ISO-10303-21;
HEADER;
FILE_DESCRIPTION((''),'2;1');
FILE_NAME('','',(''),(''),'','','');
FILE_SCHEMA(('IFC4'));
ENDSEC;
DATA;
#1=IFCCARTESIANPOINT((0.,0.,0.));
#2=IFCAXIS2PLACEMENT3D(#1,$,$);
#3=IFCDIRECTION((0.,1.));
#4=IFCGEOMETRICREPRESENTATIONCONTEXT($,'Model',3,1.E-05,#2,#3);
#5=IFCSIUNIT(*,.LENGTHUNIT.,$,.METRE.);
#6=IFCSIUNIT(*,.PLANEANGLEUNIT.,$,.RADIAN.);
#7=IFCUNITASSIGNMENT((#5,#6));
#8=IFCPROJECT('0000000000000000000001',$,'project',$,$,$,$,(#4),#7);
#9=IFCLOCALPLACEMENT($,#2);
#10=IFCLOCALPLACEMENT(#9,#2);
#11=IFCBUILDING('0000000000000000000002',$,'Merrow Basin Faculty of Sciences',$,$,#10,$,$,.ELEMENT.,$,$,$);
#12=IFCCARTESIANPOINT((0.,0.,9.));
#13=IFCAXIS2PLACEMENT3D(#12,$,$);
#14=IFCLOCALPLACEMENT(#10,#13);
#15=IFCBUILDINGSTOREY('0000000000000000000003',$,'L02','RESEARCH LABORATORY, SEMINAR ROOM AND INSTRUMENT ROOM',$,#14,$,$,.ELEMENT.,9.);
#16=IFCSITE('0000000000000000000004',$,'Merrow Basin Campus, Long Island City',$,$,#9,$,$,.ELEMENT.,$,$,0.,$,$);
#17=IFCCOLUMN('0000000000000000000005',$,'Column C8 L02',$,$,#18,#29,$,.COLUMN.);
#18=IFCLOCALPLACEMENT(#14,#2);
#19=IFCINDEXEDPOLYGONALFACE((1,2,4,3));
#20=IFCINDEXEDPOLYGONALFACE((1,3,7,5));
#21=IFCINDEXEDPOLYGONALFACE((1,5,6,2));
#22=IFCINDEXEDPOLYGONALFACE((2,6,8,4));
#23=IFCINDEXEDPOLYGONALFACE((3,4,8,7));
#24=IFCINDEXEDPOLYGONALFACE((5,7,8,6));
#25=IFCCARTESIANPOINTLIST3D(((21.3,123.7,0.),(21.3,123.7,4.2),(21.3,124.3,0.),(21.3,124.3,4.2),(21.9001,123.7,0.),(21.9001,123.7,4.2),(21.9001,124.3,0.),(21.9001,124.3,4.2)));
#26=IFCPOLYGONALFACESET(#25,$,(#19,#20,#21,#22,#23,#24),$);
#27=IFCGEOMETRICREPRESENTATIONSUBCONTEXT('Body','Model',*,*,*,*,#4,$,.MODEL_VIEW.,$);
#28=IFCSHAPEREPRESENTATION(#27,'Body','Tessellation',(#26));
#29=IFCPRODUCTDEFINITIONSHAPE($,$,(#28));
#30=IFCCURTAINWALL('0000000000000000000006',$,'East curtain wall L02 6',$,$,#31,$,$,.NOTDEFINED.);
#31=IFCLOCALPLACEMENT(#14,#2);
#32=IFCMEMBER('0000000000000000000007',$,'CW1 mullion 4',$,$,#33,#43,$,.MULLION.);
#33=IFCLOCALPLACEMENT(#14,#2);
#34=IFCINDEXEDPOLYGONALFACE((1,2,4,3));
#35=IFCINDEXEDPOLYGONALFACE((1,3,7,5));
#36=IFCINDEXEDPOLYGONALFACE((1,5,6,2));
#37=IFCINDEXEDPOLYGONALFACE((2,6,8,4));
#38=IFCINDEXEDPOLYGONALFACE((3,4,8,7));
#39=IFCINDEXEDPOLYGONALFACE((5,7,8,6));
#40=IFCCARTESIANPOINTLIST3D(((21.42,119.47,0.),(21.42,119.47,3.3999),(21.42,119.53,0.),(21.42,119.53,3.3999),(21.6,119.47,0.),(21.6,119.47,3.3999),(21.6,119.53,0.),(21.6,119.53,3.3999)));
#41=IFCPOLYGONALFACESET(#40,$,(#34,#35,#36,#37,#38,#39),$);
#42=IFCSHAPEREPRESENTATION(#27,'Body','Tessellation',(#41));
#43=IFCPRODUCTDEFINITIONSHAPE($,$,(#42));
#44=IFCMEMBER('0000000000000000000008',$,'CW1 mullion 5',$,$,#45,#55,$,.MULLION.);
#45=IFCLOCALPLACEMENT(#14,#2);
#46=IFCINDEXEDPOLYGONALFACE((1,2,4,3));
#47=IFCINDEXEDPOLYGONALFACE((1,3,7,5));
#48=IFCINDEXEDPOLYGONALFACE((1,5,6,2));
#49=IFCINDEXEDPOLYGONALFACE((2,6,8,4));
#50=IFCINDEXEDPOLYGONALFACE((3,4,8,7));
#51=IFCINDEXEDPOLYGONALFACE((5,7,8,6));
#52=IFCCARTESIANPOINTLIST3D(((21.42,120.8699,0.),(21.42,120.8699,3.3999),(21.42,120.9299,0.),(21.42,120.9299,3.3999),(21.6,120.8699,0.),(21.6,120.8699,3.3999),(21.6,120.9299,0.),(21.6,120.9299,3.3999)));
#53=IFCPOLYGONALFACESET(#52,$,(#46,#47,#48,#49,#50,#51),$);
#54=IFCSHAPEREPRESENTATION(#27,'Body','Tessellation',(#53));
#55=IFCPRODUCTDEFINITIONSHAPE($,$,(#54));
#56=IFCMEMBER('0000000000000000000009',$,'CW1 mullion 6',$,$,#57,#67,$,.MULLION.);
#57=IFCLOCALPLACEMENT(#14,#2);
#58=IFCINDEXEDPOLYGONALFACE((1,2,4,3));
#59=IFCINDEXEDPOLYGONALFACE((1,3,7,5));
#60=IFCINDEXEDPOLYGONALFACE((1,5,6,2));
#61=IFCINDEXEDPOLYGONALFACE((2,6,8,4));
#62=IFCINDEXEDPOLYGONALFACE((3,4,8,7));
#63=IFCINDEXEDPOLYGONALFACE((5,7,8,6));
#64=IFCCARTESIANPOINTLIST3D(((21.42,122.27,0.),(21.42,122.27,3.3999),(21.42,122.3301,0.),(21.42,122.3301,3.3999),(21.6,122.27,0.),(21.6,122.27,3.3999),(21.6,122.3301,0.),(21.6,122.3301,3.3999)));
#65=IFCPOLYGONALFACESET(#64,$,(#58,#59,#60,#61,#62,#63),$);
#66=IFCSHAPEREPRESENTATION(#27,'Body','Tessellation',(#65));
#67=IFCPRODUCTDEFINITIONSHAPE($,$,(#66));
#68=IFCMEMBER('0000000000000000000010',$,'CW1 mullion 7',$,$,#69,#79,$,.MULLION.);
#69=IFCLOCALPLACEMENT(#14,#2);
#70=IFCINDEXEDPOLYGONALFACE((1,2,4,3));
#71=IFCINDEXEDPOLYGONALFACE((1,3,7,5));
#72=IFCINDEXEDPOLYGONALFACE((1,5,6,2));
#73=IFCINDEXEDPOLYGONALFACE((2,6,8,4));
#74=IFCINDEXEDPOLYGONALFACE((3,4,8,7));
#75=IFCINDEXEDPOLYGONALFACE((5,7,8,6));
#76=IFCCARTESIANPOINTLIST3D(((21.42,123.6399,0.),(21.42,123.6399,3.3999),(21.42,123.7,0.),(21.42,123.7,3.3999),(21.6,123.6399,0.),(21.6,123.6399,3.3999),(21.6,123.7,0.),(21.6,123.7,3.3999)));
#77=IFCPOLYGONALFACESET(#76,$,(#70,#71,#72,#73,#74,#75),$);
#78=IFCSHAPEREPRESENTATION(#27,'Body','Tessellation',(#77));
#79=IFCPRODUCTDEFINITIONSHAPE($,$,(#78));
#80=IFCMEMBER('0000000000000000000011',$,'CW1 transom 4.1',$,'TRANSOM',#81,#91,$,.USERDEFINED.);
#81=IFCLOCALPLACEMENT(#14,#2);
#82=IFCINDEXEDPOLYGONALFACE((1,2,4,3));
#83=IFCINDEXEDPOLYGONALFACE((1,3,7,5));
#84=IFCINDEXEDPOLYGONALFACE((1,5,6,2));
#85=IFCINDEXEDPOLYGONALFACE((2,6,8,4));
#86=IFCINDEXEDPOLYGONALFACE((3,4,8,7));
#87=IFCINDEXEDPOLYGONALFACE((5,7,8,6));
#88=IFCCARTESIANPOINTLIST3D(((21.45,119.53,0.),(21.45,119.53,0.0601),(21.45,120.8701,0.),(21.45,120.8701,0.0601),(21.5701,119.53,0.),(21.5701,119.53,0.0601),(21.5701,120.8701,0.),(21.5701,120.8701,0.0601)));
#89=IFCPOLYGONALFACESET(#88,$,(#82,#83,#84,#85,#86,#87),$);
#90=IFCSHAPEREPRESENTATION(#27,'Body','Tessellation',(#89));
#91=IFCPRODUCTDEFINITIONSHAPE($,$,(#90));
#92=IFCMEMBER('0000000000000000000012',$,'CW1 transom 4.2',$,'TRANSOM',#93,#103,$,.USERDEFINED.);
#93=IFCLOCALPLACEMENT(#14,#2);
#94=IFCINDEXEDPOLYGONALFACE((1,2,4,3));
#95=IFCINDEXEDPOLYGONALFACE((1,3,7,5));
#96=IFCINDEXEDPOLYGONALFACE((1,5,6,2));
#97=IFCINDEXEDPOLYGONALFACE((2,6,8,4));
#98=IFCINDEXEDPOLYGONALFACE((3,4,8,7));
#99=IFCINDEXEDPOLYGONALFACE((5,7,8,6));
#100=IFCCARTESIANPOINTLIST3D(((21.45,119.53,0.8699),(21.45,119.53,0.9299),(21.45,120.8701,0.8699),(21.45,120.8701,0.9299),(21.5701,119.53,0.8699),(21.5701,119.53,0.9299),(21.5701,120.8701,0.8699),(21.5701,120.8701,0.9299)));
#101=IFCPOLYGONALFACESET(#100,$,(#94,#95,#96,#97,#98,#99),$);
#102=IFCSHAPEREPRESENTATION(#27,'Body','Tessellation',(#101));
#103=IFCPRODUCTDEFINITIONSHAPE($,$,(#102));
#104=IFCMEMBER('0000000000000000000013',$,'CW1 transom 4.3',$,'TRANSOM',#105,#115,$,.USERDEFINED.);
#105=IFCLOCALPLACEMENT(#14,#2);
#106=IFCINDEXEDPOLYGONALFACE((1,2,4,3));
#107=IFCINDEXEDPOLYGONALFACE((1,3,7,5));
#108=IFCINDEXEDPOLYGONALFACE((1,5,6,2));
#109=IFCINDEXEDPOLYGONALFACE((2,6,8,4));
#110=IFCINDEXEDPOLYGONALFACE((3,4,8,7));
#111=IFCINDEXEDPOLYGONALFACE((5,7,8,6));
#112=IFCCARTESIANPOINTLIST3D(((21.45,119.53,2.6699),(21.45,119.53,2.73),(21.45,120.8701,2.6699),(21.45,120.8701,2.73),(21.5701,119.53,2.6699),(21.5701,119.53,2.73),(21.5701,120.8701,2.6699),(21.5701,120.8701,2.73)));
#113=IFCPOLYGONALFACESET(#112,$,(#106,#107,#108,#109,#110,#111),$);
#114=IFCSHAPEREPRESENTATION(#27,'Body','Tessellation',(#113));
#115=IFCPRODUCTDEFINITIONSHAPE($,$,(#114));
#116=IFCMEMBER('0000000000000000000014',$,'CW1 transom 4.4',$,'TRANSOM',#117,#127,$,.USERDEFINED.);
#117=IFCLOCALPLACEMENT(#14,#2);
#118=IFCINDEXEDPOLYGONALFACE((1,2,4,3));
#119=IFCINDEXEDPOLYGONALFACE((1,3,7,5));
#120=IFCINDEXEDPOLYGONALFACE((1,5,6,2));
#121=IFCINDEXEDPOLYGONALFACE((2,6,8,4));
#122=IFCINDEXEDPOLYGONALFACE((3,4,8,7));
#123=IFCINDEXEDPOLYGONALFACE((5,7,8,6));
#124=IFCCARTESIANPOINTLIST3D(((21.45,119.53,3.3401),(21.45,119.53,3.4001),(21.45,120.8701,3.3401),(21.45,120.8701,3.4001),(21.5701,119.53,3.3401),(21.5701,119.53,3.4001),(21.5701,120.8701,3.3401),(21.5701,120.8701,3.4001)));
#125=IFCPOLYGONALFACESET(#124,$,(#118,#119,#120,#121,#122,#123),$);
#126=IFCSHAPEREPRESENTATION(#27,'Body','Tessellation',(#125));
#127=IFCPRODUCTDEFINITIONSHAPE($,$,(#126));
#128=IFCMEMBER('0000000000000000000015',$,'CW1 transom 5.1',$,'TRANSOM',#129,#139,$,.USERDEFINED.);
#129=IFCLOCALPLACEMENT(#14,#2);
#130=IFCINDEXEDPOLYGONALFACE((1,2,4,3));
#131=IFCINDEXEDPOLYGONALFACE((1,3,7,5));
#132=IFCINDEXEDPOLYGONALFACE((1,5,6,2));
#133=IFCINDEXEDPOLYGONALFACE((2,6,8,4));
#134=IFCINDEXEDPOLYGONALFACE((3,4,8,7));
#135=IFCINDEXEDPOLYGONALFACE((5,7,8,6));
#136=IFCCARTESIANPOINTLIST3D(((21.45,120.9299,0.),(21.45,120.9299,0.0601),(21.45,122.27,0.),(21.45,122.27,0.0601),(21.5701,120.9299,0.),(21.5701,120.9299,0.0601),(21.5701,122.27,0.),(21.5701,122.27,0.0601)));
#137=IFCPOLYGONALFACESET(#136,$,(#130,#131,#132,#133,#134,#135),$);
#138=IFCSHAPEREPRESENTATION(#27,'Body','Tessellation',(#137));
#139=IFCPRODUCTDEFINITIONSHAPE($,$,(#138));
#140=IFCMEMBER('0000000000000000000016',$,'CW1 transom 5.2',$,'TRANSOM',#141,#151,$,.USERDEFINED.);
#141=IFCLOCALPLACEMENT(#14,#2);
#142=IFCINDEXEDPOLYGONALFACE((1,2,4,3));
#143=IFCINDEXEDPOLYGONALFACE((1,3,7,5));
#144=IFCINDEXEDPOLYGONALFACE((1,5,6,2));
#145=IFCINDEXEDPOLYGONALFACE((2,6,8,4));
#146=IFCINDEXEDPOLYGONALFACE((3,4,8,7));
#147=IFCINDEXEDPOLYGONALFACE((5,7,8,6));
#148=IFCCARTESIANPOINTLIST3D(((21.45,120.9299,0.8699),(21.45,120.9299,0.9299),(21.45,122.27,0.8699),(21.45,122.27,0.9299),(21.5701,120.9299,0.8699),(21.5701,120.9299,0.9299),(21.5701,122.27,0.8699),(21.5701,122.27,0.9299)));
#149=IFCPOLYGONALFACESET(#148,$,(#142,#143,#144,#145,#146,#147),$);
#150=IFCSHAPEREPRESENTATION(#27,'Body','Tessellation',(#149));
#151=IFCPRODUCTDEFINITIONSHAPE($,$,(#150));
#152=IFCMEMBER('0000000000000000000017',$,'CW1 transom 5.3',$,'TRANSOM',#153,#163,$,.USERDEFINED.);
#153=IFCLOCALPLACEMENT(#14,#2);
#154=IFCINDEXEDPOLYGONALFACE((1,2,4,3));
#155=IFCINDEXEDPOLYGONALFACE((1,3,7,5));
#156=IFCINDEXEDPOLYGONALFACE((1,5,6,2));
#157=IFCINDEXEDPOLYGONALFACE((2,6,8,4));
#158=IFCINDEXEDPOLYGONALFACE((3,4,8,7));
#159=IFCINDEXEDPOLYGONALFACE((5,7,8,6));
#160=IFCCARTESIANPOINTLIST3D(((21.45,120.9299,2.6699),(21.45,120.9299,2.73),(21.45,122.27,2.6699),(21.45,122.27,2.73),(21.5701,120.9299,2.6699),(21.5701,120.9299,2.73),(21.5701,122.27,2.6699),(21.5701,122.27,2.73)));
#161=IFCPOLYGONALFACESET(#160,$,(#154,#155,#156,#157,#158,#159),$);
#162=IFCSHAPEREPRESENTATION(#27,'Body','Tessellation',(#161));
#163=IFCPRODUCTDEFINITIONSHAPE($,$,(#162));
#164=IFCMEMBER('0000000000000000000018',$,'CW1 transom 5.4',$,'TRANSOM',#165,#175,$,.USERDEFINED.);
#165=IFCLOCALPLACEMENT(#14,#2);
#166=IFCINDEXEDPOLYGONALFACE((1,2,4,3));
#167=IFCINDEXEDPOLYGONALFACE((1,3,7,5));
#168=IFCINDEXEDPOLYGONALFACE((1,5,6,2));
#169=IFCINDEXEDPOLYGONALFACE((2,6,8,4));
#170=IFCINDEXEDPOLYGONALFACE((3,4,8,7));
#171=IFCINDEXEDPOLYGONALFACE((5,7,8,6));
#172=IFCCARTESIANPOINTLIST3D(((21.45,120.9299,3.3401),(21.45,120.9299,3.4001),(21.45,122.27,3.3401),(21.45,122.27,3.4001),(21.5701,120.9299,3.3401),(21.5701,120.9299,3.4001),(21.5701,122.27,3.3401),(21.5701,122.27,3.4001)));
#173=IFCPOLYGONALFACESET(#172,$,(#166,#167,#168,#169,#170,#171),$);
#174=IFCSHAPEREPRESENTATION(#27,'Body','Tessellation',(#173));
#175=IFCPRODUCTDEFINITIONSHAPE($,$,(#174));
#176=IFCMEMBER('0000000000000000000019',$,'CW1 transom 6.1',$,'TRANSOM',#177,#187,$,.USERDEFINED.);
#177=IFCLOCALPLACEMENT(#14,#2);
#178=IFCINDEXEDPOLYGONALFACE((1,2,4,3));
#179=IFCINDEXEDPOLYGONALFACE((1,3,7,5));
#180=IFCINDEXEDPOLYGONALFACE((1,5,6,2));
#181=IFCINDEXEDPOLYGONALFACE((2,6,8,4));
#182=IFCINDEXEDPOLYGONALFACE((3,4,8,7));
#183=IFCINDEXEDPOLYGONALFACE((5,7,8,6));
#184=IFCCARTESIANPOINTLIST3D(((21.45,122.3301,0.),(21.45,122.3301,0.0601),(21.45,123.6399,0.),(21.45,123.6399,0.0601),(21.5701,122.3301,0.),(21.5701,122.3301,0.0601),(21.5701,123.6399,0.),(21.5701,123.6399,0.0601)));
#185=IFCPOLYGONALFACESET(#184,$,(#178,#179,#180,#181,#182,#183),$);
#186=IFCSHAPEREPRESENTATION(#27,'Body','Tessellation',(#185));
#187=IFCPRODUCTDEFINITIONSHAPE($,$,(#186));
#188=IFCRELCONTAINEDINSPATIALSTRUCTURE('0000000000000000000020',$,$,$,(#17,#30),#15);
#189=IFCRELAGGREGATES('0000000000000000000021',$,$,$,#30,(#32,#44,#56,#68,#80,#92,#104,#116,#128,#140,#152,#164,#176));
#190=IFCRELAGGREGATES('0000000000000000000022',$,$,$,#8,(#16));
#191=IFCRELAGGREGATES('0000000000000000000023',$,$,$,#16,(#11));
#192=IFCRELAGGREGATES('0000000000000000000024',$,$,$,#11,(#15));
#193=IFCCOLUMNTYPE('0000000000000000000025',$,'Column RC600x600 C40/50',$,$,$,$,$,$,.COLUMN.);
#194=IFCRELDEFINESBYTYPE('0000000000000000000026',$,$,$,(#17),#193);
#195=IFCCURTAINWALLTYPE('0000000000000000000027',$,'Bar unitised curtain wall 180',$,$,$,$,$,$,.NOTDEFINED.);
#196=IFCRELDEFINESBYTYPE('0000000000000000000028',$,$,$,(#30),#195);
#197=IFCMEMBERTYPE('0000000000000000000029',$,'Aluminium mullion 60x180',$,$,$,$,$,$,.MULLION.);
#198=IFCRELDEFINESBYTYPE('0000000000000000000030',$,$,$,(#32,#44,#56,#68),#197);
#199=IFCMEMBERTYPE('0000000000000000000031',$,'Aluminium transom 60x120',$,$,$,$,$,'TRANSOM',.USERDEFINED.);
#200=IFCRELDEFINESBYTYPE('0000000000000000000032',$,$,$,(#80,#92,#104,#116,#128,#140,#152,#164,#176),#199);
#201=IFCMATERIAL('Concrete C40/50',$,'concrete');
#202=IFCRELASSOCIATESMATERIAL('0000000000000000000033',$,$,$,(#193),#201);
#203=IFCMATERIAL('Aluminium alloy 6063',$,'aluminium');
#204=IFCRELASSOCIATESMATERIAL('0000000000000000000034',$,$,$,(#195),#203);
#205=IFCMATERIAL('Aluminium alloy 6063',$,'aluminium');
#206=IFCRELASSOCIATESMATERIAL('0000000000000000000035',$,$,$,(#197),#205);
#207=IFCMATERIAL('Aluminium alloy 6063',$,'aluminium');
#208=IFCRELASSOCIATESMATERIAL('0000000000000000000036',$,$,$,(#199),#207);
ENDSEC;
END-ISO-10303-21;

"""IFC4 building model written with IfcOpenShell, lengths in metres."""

from ifc_helpers import new_model, si_unit, direction, frame, origin, origin_2d, place, context, subcontext, project, spatial, rectangle, extrude, material, material_profile, profile_set, type_object, element, aggregate, save


model = new_model("IFC4")

# Units and contexts
model_context = context("Model", 3, precision=1e-05, world=origin(), true_north=direction((0.0, 1.0)))
body_context = subcontext(model_context, "Body", "Model", "MODEL_VIEW")
ifc_project = project(units=[si_unit("LENGTHUNIT", "METRE"), si_unit("PLANEANGLEUNIT", "RADIAN")], contexts=[model_context])

# Site, building, storey
site_placement = place(None, origin())
site = spatial("IfcSite", under=ifc_project, at=site_placement, Name="Merrow Basin Campus, Long Island City", CompositionType="ELEMENT", RefElevation=0.0)
building_placement = place(site_placement, origin())
building = spatial("IfcBuilding", under=site, at=building_placement, Name="Merrow Basin Faculty of Sciences", CompositionType="ELEMENT")
storey_placement = place(building_placement, frame((0.0, 0.0, 9.0)))
storey = spatial("IfcBuildingStorey", under=building, at=storey_placement, Name="L02", Description="RESEARCH LABORATORY, SEMINAR ROOM AND INSTRUMENT ROOM", CompositionType="ELEMENT", Elevation=9.0)

# Column
ifc_material_1 = material(Name="Concrete C40/50", Category="concrete")
ifc_material_profile_1 = material_profile(ifc_material_1, rectangle(XDim=0.6001, YDim=0.6001, at=origin_2d()))
ifc_profile_set_1 = profile_set([ifc_material_profile_1], Name="Concrete C40/50")
column_type = type_object("IfcColumnType", Name="Column RC600x600 C40/50", PredefinedType="COLUMN", material=ifc_profile_set_1)
column_placement = place(storey_placement, frame((21.6001, 124.0, 0.0), z_axis=(0.0, 0.0, 1.0), x_axis=(1.0, 0.0, 0.0)))
element("IfcColumn", 1, at=column_placement, inside=storey, type_object=column_type, Name="Column C8 L02", PredefinedType="COLUMN", context=body_context, shape_type="SweptSolid", body=[
    extrude(rectangle(XDim=0.6001, YDim=0.6001, at=origin_2d()), origin(), (0.0, 0.0, 1.0), 4.2),
])

# Curtain wall, members
ifc_material_2 = material(Name="Aluminium alloy 6063", Category="aluminium")
curtain_wall_type = type_object("IfcCurtainWallType", Name="Bar unitised curtain wall 180", PredefinedType="NOTDEFINED", material=ifc_material_2)
curtain_wall_placement = place(storey_placement, origin())
curtain_wall = element("IfcCurtainWall", 2, at=curtain_wall_placement, inside=storey, type_object=curtain_wall_type, Name="East curtain wall L02 6", PredefinedType="NOTDEFINED")
ifc_material_3 = material(Name="Aluminium alloy 6063", Category="aluminium")
ifc_material_profile_2 = material_profile(ifc_material_3, rectangle(XDim=0.1799, YDim=0.0601, at=origin_2d()))
ifc_profile_set_2 = profile_set([ifc_material_profile_2], Name="Aluminium alloy 6063")
member_type_1 = type_object("IfcMemberType", Name="Aluminium mullion 60x180", PredefinedType="MULLION", material=ifc_profile_set_2)
member_1_placement = place(storey_placement, frame((21.51, 119.5, 0.0), z_axis=(0.0, 0.0, 1.0), x_axis=(-1.0, 0.0, 0.0)))
member_1 = element("IfcMember", 3, at=member_1_placement, type_object=member_type_1, Name="CW1 mullion 4", PredefinedType="MULLION", context=body_context, shape_type="SweptSolid", body=[
    extrude(rectangle(XDim=0.1799, YDim=0.0601, at=origin_2d()), origin(), (0.0, 0.0, 1.0), 3.3999),
])
member_2_placement = place(storey_placement, frame((21.51, 120.8999, 0.0), z_axis=(0.0, 0.0, 1.0), x_axis=(-1.0, 0.0, 0.0)))
member_2 = element("IfcMember", 4, at=member_2_placement, type_object=member_type_1, Name="CW1 mullion 5", PredefinedType="MULLION", context=body_context, shape_type="SweptSolid", body=[
    extrude(rectangle(XDim=0.1799, YDim=0.0601, at=origin_2d()), origin(), (0.0, 0.0, 1.0), 3.3999),
])
member_3_placement = place(storey_placement, frame((21.51, 122.3, 0.0), z_axis=(0.0, 0.0, 1.0), x_axis=(-1.0, 0.0, 0.0)))
member_3 = element("IfcMember", 5, at=member_3_placement, type_object=member_type_1, Name="CW1 mullion 6", PredefinedType="MULLION", context=body_context, shape_type="SweptSolid", body=[
    extrude(rectangle(XDim=0.1799, YDim=0.0601, at=origin_2d()), origin(), (0.0, 0.0, 1.0), 3.3999),
])
member_4_placement = place(storey_placement, frame((21.51, 123.6699, 0.0), z_axis=(0.0, 0.0, 1.0), x_axis=(-1.0, 0.0, 0.0)))
member_4 = element("IfcMember", 6, at=member_4_placement, type_object=member_type_1, Name="CW1 mullion 7", PredefinedType="MULLION", context=body_context, shape_type="SweptSolid", body=[
    extrude(rectangle(XDim=0.1799, YDim=0.0601, at=origin_2d()), origin(), (0.0, 0.0, 1.0), 3.3999),
])
ifc_material_4 = material(Name="Aluminium alloy 6063", Category="aluminium")
ifc_material_profile_3 = material_profile(ifc_material_4, rectangle(XDim=0.1201, YDim=0.0601, at=origin_2d()))
ifc_profile_set_3 = profile_set([ifc_material_profile_3], Name="Aluminium alloy 6063")
member_type_2 = type_object("IfcMemberType", Name="Aluminium transom 60x120", ElementType="TRANSOM", PredefinedType="USERDEFINED", material=ifc_profile_set_3)
member_5_placement = place(storey_placement, frame((21.51, 119.53, 0.03), z_axis=(0.0, 1.0, 0.0), x_axis=(-1.0, 0.0, 0.0)))
member_5 = element("IfcMember", 7, at=member_5_placement, type_object=member_type_2, Name="CW1 transom 4.1", ObjectType="TRANSOM", PredefinedType="USERDEFINED", context=body_context, shape_type="SweptSolid", body=[
    extrude(rectangle(XDim=0.1201, YDim=0.0601, at=origin_2d()), origin(), (0.0, 0.0, 1.0), 1.3401),
])
member_6_placement = place(storey_placement, frame((21.51, 119.53, 0.8999), z_axis=(0.0, 1.0, 0.0), x_axis=(-1.0, 0.0, 0.0)))
member_6 = element("IfcMember", 8, at=member_6_placement, type_object=member_type_2, Name="CW1 transom 4.2", ObjectType="TRANSOM", PredefinedType="USERDEFINED", context=body_context, shape_type="SweptSolid", body=[
    extrude(rectangle(XDim=0.1201, YDim=0.0601, at=origin_2d()), origin(), (0.0, 0.0, 1.0), 1.3401),
])
member_7_placement = place(storey_placement, frame((21.51, 119.53, 2.7), z_axis=(0.0, 1.0, 0.0), x_axis=(-1.0, 0.0, 0.0)))
member_7 = element("IfcMember", 9, at=member_7_placement, type_object=member_type_2, Name="CW1 transom 4.3", ObjectType="TRANSOM", PredefinedType="USERDEFINED", context=body_context, shape_type="SweptSolid", body=[
    extrude(rectangle(XDim=0.1201, YDim=0.0601, at=origin_2d()), origin(), (0.0, 0.0, 1.0), 1.3401),
])
member_8_placement = place(storey_placement, frame((21.51, 119.53, 3.3701), z_axis=(0.0, 1.0, 0.0), x_axis=(-1.0, 0.0, 0.0)))
member_8 = element("IfcMember", 10, at=member_8_placement, type_object=member_type_2, Name="CW1 transom 4.4", ObjectType="TRANSOM", PredefinedType="USERDEFINED", context=body_context, shape_type="SweptSolid", body=[
    extrude(rectangle(XDim=0.1201, YDim=0.0601, at=origin_2d()), origin(), (0.0, 0.0, 1.0), 1.3401),
])
member_9_placement = place(storey_placement, frame((21.51, 120.9299, 0.03), z_axis=(0.0, 1.0, 0.0), x_axis=(-1.0, 0.0, 0.0)))
member_9 = element("IfcMember", 11, at=member_9_placement, type_object=member_type_2, Name="CW1 transom 5.1", ObjectType="TRANSOM", PredefinedType="USERDEFINED", context=body_context, shape_type="SweptSolid", body=[
    extrude(rectangle(XDim=0.1201, YDim=0.0601, at=origin_2d()), origin(), (0.0, 0.0, 1.0), 1.3401),
])
member_10_placement = place(storey_placement, frame((21.51, 120.9299, 0.8999), z_axis=(0.0, 1.0, 0.0), x_axis=(-1.0, 0.0, 0.0)))
member_10 = element("IfcMember", 12, at=member_10_placement, type_object=member_type_2, Name="CW1 transom 5.2", ObjectType="TRANSOM", PredefinedType="USERDEFINED", context=body_context, shape_type="SweptSolid", body=[
    extrude(rectangle(XDim=0.1201, YDim=0.0601, at=origin_2d()), origin(), (0.0, 0.0, 1.0), 1.3401),
])
member_11_placement = place(storey_placement, frame((21.51, 120.9299, 2.7), z_axis=(0.0, 1.0, 0.0), x_axis=(-1.0, 0.0, 0.0)))
member_11 = element("IfcMember", 13, at=member_11_placement, type_object=member_type_2, Name="CW1 transom 5.3", ObjectType="TRANSOM", PredefinedType="USERDEFINED", context=body_context, shape_type="SweptSolid", body=[
    extrude(rectangle(XDim=0.1201, YDim=0.0601, at=origin_2d()), origin(), (0.0, 0.0, 1.0), 1.3401),
])
member_12_placement = place(storey_placement, frame((21.51, 120.9299, 3.3701), z_axis=(0.0, 1.0, 0.0), x_axis=(-1.0, 0.0, 0.0)))
member_12 = element("IfcMember", 14, at=member_12_placement, type_object=member_type_2, Name="CW1 transom 5.4", ObjectType="TRANSOM", PredefinedType="USERDEFINED", context=body_context, shape_type="SweptSolid", body=[
    extrude(rectangle(XDim=0.1201, YDim=0.0601, at=origin_2d()), origin(), (0.0, 0.0, 1.0), 1.3401),
])
member_13_placement = place(storey_placement, frame((21.51, 122.3301, 0.03), z_axis=(0.0, 1.0, 0.0), x_axis=(-1.0, 0.0, 0.0)))
member_13 = element("IfcMember", 15, at=member_13_placement, type_object=member_type_2, Name="CW1 transom 6.1", ObjectType="TRANSOM", PredefinedType="USERDEFINED", context=body_context, shape_type="SweptSolid", body=[
    extrude(rectangle(XDim=0.1201, YDim=0.0601, at=origin_2d()), origin(), (0.0, 0.0, 1.0), 1.3098),
])
aggregate(curtain_wall, [member_1, member_2, member_3, member_4, member_5, member_6, member_7, member_8, member_9, member_10, member_11, member_12, member_13])

save(model, "model.ifc")
